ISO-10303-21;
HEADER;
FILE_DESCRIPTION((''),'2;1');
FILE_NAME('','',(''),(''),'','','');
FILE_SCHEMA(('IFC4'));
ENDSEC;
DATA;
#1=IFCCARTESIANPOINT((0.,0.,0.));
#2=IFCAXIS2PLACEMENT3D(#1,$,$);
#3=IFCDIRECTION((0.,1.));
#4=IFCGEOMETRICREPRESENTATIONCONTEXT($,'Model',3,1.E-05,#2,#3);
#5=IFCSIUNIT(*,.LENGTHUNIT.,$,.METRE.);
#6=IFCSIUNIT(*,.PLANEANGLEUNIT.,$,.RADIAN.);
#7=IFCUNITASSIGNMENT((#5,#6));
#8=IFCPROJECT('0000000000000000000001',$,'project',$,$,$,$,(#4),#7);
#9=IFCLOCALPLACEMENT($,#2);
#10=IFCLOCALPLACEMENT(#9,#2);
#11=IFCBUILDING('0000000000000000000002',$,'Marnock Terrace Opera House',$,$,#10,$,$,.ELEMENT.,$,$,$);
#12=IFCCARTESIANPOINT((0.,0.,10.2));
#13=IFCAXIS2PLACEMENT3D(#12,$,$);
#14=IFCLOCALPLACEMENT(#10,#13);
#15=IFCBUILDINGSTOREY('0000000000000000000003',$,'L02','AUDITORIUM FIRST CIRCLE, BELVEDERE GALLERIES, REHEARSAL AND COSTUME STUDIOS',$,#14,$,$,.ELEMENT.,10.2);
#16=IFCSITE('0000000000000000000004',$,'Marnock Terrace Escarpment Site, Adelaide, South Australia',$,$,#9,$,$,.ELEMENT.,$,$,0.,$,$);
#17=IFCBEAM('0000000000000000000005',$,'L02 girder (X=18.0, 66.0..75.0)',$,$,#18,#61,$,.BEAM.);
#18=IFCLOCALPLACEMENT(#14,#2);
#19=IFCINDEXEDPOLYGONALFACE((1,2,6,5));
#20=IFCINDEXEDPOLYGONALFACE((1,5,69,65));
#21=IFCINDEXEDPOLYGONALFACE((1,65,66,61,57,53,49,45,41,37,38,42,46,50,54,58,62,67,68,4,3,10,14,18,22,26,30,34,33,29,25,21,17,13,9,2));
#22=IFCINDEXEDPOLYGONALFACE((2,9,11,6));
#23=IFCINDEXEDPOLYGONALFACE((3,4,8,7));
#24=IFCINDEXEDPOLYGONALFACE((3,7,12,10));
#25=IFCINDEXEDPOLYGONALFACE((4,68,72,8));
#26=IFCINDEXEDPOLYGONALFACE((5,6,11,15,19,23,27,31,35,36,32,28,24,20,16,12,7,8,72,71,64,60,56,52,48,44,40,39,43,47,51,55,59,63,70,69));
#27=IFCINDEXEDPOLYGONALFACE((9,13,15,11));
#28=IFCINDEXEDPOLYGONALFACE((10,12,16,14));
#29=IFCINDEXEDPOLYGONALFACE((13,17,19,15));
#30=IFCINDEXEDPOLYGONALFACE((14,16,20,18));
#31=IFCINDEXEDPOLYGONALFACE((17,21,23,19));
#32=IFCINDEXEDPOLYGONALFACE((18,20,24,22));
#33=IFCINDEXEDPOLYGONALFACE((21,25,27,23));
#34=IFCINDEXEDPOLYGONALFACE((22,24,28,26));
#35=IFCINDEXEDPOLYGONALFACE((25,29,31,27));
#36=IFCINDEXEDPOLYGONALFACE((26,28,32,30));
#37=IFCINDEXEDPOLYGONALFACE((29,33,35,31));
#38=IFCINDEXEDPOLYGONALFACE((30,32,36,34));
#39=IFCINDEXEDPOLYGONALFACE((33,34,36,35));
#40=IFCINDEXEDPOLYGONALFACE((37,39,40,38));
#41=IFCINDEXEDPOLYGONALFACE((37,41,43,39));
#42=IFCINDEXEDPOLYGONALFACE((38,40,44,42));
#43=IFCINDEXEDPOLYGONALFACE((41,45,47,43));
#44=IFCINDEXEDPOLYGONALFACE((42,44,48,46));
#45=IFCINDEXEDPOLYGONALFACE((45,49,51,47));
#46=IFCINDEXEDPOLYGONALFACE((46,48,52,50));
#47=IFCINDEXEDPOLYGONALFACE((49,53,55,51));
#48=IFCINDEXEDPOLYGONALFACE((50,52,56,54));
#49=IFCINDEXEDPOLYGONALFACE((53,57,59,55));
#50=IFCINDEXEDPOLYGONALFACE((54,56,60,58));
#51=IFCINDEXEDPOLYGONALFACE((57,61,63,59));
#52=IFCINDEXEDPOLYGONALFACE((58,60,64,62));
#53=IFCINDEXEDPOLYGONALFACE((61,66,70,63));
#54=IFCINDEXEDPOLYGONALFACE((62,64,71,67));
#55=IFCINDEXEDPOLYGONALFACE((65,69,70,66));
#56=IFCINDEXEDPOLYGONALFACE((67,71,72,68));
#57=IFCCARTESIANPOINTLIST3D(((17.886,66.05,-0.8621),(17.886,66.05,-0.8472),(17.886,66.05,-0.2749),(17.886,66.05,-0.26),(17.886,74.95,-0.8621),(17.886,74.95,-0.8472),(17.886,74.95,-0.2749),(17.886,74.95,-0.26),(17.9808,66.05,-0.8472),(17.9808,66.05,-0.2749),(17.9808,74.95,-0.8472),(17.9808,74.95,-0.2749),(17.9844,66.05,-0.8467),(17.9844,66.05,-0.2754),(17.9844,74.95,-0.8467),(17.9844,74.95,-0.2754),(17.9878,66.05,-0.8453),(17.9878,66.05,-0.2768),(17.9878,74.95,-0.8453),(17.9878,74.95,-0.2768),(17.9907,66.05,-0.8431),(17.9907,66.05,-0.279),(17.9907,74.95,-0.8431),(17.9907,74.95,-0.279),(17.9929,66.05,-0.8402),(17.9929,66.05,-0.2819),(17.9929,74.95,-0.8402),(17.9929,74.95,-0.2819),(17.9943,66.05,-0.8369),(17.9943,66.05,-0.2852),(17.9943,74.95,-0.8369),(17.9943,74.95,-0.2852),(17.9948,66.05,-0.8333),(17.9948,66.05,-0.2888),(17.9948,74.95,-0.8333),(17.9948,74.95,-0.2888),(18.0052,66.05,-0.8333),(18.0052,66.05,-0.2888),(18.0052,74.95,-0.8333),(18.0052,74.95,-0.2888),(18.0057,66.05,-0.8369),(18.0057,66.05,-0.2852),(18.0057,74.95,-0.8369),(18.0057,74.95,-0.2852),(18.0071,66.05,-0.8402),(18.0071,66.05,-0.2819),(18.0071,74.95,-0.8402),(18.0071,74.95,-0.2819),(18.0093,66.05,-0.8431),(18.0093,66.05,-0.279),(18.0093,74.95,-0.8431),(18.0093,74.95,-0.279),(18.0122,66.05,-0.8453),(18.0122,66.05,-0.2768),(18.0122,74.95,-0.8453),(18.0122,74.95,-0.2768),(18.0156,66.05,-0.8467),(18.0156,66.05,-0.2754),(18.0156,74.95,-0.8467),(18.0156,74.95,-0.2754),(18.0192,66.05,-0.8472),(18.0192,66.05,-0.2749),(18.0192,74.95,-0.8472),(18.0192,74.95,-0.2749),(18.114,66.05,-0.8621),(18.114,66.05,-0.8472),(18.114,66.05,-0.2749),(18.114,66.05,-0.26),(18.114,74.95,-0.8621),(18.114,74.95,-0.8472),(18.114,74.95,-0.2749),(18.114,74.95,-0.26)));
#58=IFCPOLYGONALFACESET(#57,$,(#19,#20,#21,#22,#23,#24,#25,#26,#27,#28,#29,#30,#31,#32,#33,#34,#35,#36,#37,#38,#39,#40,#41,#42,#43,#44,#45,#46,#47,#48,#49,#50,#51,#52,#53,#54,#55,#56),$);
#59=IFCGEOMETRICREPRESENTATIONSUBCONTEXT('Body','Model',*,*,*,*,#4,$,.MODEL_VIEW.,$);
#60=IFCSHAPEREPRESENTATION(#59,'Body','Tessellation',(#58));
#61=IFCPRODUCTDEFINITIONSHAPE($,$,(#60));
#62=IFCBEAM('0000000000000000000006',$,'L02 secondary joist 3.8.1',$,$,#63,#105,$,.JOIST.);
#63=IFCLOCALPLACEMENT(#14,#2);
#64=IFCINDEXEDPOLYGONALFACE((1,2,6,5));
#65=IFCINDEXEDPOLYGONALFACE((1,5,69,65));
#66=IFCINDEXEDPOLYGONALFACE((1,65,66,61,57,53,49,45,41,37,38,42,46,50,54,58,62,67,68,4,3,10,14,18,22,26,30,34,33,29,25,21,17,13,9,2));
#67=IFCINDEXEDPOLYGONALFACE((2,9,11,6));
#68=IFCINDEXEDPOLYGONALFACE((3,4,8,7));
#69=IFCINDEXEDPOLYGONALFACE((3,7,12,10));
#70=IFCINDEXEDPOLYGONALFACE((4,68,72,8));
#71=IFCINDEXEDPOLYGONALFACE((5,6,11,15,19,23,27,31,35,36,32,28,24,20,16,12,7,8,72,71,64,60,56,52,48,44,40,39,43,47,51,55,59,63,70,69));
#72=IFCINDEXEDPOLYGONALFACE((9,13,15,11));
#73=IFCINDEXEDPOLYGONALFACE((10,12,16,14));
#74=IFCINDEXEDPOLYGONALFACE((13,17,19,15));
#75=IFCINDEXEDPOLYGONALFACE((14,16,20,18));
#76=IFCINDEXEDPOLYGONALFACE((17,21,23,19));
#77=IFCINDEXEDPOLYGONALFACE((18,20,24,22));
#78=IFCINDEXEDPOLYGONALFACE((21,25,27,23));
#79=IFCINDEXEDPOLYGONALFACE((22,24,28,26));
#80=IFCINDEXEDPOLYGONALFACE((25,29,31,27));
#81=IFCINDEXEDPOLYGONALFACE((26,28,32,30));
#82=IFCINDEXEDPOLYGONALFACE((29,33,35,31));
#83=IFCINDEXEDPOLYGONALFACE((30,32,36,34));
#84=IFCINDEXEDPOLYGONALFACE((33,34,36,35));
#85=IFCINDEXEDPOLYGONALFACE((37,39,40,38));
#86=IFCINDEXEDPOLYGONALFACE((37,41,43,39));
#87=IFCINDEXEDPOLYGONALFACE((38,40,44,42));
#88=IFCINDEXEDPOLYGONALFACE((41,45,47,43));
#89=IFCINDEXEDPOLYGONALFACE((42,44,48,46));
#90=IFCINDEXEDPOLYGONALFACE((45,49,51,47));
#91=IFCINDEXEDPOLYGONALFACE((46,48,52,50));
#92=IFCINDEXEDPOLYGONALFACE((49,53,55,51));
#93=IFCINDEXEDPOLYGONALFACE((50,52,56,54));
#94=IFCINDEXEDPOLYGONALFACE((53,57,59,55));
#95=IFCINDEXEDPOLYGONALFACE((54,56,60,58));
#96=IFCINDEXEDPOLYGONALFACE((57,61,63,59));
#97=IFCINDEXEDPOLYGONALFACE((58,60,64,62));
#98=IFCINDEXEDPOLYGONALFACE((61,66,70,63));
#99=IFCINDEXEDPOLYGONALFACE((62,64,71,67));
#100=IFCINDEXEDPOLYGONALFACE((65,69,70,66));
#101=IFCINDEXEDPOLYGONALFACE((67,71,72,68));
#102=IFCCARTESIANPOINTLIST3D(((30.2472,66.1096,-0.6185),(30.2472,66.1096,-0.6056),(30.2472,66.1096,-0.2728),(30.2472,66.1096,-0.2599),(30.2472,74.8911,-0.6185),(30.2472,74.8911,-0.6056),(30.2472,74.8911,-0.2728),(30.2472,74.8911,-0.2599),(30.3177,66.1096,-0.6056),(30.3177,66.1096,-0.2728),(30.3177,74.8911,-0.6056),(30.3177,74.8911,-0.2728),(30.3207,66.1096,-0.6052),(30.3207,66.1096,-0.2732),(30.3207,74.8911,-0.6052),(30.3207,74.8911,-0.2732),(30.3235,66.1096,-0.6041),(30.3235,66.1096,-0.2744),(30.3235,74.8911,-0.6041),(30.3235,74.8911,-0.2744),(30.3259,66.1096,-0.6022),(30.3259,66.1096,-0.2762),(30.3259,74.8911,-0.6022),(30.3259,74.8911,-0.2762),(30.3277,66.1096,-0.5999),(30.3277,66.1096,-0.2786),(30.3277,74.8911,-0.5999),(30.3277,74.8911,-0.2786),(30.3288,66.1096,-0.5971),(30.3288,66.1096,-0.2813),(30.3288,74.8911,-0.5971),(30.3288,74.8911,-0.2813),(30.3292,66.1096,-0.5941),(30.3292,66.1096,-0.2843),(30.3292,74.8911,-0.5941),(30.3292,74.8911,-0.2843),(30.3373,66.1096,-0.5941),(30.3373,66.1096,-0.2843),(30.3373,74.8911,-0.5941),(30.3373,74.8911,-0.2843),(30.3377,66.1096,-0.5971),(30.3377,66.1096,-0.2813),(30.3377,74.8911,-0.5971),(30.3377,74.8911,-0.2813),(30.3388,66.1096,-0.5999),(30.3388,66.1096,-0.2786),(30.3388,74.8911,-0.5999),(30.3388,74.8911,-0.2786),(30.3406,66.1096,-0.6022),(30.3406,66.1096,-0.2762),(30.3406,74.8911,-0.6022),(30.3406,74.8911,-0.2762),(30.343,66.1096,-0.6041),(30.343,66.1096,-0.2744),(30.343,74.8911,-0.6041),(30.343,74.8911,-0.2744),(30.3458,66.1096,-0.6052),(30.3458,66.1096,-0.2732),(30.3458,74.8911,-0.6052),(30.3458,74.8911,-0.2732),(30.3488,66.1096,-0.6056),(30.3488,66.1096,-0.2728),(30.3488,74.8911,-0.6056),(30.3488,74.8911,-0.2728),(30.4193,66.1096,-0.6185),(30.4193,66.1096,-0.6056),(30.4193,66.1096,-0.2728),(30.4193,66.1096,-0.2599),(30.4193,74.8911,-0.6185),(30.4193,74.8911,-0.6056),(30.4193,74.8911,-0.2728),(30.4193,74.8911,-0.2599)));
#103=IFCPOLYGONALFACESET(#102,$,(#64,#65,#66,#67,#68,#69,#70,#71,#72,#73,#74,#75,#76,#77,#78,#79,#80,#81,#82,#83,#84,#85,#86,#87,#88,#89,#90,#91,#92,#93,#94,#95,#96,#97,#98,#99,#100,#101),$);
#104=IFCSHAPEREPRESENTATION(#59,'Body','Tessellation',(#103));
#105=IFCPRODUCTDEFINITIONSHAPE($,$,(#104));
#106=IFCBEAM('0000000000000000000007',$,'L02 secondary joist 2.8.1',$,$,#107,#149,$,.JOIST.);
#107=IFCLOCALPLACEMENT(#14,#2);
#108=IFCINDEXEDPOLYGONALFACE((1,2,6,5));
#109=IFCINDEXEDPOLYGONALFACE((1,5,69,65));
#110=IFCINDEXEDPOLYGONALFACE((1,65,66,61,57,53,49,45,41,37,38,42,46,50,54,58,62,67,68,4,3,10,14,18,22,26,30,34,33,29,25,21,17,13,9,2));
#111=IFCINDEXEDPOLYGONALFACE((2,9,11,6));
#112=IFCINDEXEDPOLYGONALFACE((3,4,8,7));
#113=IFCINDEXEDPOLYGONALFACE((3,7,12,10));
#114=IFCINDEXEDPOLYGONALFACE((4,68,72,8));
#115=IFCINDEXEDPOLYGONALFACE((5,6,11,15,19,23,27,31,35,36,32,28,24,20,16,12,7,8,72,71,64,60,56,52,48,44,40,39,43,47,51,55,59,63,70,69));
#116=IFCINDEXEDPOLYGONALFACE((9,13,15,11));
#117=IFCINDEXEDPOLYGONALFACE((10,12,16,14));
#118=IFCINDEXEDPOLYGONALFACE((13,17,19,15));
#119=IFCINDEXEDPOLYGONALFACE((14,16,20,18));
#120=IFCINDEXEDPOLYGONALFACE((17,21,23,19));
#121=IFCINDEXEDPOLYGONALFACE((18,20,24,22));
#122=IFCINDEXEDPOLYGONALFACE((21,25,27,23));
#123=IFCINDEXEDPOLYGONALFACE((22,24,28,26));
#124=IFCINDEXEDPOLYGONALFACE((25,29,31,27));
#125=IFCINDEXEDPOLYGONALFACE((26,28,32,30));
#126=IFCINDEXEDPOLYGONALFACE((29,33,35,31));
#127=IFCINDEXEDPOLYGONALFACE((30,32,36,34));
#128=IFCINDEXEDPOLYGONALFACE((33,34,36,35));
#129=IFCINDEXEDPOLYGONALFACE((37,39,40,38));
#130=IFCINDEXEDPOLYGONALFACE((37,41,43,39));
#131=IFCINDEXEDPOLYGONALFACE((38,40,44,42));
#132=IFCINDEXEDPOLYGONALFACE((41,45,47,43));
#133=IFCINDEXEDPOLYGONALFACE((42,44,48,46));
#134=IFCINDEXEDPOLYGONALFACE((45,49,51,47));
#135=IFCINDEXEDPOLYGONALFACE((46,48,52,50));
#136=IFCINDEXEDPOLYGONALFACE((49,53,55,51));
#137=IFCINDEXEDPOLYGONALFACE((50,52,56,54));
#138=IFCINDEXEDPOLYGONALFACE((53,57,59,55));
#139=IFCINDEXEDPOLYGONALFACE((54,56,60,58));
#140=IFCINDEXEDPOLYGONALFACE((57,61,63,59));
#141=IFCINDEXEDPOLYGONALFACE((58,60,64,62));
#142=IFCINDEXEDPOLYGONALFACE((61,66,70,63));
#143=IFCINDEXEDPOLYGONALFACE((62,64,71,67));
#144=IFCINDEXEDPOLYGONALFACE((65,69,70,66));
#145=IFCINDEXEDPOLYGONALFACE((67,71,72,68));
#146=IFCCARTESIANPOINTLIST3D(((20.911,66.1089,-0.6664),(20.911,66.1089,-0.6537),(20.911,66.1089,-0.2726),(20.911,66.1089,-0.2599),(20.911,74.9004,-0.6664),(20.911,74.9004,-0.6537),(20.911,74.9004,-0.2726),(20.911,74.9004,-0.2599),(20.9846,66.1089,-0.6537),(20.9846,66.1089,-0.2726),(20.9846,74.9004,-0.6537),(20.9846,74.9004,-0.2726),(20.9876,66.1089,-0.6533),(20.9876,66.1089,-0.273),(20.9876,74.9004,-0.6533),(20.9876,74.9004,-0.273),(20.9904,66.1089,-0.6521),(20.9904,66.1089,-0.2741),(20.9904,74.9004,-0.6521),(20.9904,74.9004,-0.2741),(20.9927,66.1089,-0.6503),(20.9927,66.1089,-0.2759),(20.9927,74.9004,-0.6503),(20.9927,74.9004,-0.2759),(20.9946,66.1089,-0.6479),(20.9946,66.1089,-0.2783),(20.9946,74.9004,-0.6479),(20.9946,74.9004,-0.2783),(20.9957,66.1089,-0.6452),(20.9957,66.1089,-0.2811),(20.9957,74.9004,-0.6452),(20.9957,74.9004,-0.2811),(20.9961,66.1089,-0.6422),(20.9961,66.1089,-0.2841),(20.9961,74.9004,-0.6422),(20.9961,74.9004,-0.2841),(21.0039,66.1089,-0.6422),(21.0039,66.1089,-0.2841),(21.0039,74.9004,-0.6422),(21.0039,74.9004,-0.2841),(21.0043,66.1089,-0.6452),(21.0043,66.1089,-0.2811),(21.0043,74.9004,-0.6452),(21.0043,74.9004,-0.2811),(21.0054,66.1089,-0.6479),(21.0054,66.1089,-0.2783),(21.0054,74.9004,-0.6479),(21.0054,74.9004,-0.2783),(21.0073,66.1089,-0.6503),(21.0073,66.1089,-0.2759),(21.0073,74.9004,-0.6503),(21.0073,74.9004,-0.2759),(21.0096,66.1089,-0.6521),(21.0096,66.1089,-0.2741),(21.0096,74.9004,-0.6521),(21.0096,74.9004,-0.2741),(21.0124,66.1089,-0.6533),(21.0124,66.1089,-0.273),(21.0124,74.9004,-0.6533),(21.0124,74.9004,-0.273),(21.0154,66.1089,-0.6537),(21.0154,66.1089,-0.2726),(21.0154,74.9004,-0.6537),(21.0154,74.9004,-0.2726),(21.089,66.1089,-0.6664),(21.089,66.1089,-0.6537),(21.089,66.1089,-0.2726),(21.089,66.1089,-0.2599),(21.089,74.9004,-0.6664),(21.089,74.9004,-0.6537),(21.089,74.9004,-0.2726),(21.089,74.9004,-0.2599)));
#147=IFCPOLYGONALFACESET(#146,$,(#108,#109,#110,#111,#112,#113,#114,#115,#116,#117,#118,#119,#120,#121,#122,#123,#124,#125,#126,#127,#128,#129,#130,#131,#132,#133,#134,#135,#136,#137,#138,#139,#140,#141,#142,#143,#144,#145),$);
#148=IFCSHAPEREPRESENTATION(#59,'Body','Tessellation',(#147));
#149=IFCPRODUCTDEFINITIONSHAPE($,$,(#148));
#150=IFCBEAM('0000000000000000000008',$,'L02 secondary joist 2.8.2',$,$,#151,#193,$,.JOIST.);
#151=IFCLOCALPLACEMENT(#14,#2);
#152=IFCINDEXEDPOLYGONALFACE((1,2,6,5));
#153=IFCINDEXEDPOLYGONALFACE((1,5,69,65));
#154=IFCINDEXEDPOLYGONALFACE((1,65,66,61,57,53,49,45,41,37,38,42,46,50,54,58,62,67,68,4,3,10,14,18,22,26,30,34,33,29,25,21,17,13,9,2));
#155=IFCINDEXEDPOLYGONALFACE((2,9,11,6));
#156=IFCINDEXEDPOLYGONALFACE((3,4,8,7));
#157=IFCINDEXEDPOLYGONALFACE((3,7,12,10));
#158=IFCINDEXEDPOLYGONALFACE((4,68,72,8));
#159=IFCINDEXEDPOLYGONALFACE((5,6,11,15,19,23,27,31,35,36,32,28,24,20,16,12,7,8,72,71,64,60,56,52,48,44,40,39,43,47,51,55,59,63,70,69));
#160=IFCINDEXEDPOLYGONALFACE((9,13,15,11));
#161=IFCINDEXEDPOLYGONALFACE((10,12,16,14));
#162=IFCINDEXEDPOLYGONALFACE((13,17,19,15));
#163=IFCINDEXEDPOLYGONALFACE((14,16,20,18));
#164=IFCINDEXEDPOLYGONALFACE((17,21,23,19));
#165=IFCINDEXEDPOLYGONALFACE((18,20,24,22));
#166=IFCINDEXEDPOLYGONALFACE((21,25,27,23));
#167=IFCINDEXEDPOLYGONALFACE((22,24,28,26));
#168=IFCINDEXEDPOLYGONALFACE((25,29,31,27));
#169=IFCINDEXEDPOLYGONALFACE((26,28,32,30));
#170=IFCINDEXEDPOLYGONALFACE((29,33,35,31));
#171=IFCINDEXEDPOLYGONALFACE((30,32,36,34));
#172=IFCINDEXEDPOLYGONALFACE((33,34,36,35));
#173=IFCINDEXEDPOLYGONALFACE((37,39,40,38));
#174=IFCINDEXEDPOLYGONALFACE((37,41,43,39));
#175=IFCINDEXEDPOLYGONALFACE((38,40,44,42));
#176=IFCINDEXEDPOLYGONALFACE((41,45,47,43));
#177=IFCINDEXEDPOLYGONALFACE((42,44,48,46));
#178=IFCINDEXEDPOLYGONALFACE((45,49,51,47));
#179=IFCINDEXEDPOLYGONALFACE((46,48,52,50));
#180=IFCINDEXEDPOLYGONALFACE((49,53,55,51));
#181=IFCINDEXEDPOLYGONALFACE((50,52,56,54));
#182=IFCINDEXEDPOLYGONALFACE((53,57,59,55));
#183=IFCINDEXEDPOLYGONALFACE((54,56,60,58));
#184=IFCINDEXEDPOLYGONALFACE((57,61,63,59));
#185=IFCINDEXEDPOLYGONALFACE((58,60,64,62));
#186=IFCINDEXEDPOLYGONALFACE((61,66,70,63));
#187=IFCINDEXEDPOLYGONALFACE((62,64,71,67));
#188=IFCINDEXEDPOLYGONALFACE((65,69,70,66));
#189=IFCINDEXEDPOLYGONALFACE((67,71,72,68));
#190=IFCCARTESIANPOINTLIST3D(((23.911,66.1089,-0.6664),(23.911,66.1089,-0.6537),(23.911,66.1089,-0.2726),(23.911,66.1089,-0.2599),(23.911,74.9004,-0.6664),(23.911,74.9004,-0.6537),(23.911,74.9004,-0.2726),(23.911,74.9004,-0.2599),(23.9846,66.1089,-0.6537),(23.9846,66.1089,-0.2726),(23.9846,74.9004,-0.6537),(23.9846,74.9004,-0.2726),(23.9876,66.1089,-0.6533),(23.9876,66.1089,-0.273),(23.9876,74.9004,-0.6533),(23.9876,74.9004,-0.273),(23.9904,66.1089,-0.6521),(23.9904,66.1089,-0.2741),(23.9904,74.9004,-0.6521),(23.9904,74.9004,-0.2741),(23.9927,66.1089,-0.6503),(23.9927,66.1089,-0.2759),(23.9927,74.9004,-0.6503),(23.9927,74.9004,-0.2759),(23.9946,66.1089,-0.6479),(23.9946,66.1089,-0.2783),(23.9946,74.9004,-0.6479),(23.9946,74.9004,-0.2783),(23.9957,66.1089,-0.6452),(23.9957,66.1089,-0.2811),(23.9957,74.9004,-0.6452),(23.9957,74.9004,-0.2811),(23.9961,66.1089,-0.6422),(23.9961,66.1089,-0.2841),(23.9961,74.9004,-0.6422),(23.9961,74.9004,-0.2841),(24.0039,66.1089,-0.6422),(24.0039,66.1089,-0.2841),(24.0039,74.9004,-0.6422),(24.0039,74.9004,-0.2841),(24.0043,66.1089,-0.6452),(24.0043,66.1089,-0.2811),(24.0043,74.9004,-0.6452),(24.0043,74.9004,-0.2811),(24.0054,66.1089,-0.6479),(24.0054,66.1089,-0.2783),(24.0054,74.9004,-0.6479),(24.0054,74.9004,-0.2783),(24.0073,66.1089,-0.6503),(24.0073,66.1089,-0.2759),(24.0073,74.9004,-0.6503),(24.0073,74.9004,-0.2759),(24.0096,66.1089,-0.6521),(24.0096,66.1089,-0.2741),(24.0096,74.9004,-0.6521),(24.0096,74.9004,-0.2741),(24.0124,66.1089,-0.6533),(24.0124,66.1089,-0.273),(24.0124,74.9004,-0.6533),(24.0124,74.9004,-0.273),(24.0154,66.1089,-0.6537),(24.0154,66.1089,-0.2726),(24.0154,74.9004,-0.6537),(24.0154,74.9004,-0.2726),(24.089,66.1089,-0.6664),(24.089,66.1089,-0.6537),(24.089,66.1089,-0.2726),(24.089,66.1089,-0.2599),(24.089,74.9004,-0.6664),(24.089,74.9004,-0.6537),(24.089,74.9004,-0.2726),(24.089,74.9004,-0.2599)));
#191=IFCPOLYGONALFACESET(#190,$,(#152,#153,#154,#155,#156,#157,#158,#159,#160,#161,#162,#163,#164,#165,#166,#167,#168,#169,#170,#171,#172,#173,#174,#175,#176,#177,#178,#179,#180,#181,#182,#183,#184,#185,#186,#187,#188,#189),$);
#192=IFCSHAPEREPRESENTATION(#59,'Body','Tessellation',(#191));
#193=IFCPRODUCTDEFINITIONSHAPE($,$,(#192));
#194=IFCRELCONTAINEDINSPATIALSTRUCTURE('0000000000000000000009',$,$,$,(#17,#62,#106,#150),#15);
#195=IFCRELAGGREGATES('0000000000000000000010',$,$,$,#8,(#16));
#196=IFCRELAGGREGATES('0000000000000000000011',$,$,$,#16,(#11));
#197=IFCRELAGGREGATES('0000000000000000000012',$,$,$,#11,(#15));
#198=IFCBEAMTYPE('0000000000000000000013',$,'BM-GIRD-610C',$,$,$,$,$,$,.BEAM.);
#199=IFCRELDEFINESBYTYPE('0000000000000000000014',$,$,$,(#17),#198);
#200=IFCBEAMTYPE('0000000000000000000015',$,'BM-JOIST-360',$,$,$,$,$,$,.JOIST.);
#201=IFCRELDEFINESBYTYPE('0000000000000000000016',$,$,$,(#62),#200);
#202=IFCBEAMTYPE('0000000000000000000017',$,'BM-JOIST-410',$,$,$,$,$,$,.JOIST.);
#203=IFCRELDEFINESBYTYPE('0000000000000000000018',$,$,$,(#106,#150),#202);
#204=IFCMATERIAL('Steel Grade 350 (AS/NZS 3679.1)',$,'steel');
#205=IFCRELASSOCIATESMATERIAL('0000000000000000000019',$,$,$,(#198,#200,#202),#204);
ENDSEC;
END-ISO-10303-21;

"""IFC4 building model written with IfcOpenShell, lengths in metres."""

from ifc_helpers import new_model, si_unit, direction, frame, origin, origin_2d, place, context, subcontext, project, spatial, i_section, extrude, material, material_profile, profile_set, type_object, element, save


model = new_model("IFC4")

# Units and contexts
model_context = context("Model", 3, precision=1e-05, world=origin(), true_north=direction((0.0, 1.0)))
body_context = subcontext(model_context, "Body", "Model", "MODEL_VIEW")
ifc_project = project(units=[si_unit("LENGTHUNIT", "METRE"), si_unit("PLANEANGLEUNIT", "RADIAN")], contexts=[model_context])

# Site, building, storey
site_placement = place(None, origin())
site = spatial("IfcSite", under=ifc_project, at=site_placement, Name="Marnock Terrace Escarpment Site, Adelaide, South Australia", CompositionType="ELEMENT", RefElevation=0.0)
building_placement = place(site_placement, origin())
building = spatial("IfcBuilding", under=site, at=building_placement, Name="Marnock Terrace Opera House", CompositionType="ELEMENT")
storey_placement = place(building_placement, frame((0.0, 0.0, 10.2)))
storey = spatial("IfcBuildingStorey", under=building, at=storey_placement, Name="L02", Description="AUDITORIUM FIRST CIRCLE, BELVEDERE GALLERIES, REHEARSAL AND COSTUME STUDIOS", CompositionType="ELEMENT", Elevation=10.2)

# Shared definitions
ifc_material_1 = material(Name="Steel Grade 350 (AS/NZS 3679.1)", Category="steel")

# Beams
ifc_material_profile_1 = material_profile(ifc_material_1, i_section(OverallWidth=0.228, OverallDepth=0.6021, WebThickness=0.0105, FlangeThickness=0.0149, FilletRadius=0.0139, at=origin_2d()))
ifc_profile_set_1 = profile_set([ifc_material_profile_1], Name="Steel Grade 350 (AS/NZS 3679.1)")
beam_type_1 = type_object("IfcBeamType", Name="BM-GIRD-610C", PredefinedType="BEAM", material=ifc_profile_set_1)
beam_1_placement = place(storey_placement, frame((18.0, 66.05, -0.561), z_axis=(0.0, 1.0, 0.0), x_axis=(-1.0, 0.0, 0.0)))
element("IfcBeam", 1, at=beam_1_placement, inside=storey, type_object=beam_type_1, Name="L02 girder (X=18.0, 66.0..75.0)", PredefinedType="BEAM", context=body_context, shape_type="SweptSolid", body=[
    extrude(i_section(OverallWidth=0.228, OverallDepth=0.6021, WebThickness=0.0105, FlangeThickness=0.0149, FilletRadius=0.0139, at=origin_2d()), origin(), (0.0, 0.0, 1.0), 8.8999),
])
ifc_material_profile_2 = material_profile(ifc_material_1, i_section(OverallWidth=0.1721, OverallDepth=0.3586, WebThickness=0.0081, FlangeThickness=0.0129, FilletRadius=0.0115, at=origin_2d()))
ifc_profile_set_2 = profile_set([ifc_material_profile_2], Name="Steel Grade 350 (AS/NZS 3679.1)")
beam_type_2 = type_object("IfcBeamType", Name="BM-JOIST-360", PredefinedType="JOIST", material=ifc_profile_set_2)
beam_2_placement = place(storey_placement, frame((30.3333, 66.1096, -0.4392), z_axis=(0.0, 1.0, 0.0), x_axis=(-1.0, 0.0, 0.0)))
element("IfcBeam", 2, at=beam_2_placement, inside=storey, type_object=beam_type_2, Name="L02 secondary joist 3.8.1", PredefinedType="JOIST", context=body_context, shape_type="SweptSolid", body=[
    extrude(i_section(OverallWidth=0.1721, OverallDepth=0.3586, WebThickness=0.0081, FlangeThickness=0.0129, FilletRadius=0.0115, at=origin_2d()), origin(), (0.0, 0.0, 1.0), 8.7815),
])
ifc_material_profile_3 = material_profile(ifc_material_1, i_section(OverallWidth=0.178, OverallDepth=0.4065, WebThickness=0.0078, FlangeThickness=0.0127, FilletRadius=0.0115, at=origin_2d()))
ifc_profile_set_3 = profile_set([ifc_material_profile_3], Name="Steel Grade 350 (AS/NZS 3679.1)")
beam_type_3 = type_object("IfcBeamType", Name="BM-JOIST-410", PredefinedType="JOIST", material=ifc_profile_set_3)
for number, where, z_axis, x_axis, name in (
    (3, (21.0, 66.1089, -0.4631), (0.0, 1.0, 0.0), (-1.0, 0.0, 0.0), "L02 secondary joist 2.8.1"),
    (4, (24.0, 66.1089, -0.4631), (0.0, 1.0, 0.0), (-1.0, 0.0, 0.0), "L02 secondary joist 2.8.2"),
):
    element("IfcBeam", number, at=place(storey_placement, frame(where, z_axis=z_axis, x_axis=x_axis)), inside=storey, type_object=beam_type_3, Name=name, PredefinedType="JOIST", context=body_context, shape_type="SweptSolid", body=[
        extrude(i_section(OverallWidth=0.178, OverallDepth=0.4065, WebThickness=0.0078, FlangeThickness=0.0127, FilletRadius=0.0115, at=origin_2d()), origin(), (0.0, 0.0, 1.0), 8.7915),
    ])

save(model, "model.ifc")
